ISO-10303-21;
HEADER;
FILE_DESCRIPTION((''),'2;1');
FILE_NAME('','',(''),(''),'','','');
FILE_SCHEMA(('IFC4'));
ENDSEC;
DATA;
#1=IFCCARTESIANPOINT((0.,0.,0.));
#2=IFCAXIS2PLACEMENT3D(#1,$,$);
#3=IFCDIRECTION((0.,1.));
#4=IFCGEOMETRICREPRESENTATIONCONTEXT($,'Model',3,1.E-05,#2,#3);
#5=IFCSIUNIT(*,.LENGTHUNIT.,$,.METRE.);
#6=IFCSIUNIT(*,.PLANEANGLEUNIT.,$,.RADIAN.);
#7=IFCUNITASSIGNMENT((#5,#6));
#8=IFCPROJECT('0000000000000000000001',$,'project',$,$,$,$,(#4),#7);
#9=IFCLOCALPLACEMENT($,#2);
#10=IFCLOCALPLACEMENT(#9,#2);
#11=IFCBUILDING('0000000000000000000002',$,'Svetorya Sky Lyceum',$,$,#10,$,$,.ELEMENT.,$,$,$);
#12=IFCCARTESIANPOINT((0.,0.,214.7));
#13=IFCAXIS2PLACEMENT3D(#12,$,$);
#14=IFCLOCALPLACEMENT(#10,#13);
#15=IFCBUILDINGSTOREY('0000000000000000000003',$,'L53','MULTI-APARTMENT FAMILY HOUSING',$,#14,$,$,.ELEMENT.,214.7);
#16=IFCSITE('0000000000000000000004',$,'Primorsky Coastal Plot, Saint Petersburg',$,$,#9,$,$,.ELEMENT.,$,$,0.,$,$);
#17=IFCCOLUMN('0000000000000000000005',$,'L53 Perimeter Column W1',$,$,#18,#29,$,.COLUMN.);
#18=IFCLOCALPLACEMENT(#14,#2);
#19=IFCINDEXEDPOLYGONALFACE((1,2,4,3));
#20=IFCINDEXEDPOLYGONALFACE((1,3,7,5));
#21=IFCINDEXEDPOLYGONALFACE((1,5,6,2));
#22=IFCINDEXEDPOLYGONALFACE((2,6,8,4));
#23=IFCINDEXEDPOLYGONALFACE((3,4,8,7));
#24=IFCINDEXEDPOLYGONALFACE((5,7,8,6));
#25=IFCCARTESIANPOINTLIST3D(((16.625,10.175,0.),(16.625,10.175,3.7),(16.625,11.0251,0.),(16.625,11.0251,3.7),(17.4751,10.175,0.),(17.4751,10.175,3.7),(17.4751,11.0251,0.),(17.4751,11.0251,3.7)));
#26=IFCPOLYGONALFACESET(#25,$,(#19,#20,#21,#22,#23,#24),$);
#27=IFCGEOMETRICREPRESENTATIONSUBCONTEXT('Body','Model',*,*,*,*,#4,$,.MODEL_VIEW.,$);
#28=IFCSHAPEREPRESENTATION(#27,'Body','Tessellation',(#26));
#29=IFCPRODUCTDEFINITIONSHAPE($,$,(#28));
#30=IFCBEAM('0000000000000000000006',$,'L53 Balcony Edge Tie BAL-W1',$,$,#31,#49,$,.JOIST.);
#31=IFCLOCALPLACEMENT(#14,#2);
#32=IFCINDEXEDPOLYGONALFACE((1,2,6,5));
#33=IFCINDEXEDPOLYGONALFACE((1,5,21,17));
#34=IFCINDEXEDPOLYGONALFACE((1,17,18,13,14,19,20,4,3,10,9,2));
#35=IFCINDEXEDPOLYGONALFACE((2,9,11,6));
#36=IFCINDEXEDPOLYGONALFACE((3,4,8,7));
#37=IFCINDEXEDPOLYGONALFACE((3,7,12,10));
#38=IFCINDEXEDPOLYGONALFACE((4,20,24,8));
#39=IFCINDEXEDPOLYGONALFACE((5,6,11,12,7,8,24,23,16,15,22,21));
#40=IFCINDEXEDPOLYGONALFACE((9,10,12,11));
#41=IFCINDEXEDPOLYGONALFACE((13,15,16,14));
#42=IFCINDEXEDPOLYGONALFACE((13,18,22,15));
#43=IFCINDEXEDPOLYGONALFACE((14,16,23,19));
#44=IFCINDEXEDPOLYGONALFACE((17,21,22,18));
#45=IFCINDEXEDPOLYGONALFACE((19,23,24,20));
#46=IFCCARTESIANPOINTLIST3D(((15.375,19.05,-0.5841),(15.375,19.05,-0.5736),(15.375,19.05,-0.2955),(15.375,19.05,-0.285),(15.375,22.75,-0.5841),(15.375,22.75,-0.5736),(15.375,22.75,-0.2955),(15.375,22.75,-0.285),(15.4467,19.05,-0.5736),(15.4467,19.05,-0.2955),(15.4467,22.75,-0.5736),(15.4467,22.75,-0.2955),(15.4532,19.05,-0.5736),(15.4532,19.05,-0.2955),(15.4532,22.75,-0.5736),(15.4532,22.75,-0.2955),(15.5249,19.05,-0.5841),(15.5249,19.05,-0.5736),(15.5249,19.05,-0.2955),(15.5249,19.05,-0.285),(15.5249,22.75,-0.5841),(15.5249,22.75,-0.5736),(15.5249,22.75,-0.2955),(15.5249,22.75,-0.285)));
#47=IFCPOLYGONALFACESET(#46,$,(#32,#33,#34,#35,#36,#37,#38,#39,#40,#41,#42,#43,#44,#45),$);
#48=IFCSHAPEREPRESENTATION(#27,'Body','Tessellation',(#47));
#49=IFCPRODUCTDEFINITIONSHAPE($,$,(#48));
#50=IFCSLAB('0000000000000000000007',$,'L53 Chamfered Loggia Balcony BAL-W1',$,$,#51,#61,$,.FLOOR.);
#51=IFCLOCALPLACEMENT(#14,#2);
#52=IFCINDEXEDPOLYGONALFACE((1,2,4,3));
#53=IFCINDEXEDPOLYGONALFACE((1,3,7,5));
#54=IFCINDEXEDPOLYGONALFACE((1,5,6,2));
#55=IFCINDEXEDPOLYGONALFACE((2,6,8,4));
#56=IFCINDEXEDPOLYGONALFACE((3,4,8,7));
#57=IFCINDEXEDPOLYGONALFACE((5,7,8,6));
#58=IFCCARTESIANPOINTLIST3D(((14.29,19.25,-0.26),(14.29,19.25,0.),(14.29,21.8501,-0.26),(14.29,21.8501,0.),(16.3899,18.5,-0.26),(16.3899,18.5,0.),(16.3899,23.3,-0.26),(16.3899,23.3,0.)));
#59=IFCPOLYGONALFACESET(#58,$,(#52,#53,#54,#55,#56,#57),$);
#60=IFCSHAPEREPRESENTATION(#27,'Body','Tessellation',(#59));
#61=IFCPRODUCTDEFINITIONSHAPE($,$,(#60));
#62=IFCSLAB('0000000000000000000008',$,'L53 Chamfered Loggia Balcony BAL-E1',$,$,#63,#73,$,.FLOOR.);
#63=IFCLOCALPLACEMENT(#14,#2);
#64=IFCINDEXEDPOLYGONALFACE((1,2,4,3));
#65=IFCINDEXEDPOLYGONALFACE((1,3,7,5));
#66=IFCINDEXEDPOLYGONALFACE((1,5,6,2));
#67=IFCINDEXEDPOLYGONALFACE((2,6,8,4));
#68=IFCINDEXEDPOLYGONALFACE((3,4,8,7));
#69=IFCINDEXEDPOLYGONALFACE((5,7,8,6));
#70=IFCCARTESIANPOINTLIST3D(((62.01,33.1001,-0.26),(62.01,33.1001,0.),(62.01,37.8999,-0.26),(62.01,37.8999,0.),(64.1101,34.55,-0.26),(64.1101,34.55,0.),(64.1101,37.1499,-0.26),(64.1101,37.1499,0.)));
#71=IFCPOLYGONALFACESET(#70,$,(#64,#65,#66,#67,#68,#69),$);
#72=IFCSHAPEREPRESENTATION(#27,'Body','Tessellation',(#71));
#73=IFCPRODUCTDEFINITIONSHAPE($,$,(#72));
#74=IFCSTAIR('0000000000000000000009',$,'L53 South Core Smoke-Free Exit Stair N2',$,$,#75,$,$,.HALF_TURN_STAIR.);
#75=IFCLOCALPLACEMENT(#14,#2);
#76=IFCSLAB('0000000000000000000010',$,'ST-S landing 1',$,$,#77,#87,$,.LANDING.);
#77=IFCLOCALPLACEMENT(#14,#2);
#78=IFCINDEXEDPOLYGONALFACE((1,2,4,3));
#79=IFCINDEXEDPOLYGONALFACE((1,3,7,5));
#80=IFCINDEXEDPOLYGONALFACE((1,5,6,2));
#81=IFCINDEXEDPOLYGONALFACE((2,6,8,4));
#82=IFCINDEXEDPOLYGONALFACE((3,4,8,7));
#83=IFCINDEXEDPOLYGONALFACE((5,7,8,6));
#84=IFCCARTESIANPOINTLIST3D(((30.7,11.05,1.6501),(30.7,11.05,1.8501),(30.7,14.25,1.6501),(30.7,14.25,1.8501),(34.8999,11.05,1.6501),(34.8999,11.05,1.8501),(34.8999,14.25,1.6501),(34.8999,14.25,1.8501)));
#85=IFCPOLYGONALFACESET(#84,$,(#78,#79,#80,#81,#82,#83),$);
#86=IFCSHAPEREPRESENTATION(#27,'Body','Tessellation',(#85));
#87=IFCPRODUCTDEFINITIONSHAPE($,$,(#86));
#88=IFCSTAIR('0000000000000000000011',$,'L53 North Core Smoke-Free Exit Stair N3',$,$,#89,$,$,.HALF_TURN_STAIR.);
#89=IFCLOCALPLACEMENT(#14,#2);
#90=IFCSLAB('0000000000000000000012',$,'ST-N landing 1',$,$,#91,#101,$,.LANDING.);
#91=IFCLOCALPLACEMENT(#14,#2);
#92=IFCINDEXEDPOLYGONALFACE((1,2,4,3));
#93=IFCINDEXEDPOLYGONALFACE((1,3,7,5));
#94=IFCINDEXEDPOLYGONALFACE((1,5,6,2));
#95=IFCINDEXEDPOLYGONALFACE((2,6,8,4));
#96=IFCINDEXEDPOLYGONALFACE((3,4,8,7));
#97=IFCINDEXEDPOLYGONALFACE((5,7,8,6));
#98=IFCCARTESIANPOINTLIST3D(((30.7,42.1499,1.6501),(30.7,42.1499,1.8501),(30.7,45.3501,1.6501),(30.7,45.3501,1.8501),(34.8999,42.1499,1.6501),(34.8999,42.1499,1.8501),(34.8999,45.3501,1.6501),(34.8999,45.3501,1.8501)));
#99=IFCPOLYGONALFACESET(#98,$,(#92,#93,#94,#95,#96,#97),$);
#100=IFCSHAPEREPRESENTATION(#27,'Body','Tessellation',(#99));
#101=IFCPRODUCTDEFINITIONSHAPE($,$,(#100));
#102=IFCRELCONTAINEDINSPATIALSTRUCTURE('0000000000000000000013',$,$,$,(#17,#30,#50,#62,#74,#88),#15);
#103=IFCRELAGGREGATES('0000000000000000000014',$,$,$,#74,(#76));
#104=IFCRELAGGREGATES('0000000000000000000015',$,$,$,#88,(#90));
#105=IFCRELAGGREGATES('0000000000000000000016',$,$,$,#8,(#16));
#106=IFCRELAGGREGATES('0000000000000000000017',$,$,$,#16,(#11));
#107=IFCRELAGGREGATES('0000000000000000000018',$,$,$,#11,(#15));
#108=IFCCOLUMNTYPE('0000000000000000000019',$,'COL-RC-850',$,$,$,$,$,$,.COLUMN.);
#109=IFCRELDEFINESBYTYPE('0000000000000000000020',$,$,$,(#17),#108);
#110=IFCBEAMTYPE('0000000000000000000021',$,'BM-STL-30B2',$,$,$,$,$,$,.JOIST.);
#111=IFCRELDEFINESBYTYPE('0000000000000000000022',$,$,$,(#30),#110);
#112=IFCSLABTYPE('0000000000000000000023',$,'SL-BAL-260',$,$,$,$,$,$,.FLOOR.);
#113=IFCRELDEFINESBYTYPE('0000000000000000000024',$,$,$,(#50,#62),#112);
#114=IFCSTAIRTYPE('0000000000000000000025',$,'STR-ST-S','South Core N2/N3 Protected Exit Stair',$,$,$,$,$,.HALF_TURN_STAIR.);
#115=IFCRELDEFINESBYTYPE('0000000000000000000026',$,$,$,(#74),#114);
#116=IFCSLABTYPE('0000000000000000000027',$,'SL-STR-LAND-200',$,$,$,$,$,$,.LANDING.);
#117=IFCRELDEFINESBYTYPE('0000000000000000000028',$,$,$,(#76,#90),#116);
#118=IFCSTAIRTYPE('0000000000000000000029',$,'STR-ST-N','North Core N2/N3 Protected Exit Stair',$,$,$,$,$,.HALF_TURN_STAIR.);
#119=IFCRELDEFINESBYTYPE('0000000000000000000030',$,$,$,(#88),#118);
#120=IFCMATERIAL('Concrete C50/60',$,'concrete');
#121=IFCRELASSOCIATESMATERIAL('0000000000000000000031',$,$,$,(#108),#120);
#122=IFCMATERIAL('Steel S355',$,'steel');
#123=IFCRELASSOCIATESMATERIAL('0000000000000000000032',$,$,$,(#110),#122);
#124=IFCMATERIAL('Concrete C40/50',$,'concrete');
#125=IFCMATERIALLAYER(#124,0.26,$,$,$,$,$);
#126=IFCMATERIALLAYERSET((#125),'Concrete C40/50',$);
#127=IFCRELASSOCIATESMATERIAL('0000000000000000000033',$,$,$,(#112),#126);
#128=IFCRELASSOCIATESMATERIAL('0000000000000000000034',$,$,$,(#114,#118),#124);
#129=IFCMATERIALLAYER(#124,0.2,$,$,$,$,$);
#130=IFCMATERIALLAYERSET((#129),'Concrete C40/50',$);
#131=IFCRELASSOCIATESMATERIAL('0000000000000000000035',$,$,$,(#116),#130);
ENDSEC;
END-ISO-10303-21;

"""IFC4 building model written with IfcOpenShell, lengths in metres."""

from ifc_helpers import new_model, si_unit, direction, frame, origin, origin_2d, place, context, subcontext, project, spatial, polyline, rectangle, i_section, outline, extrude, material, layer, layer_set, material_profile, profile_set, type_object, element, aggregate, save


model = new_model("IFC4")

# Units and contexts
model_context = context("Model", 3, precision=1e-05, world=origin(), true_north=direction((0.0, 1.0)))
body_context = subcontext(model_context, "Body", "Model", "MODEL_VIEW")
ifc_project = project(units=[si_unit("LENGTHUNIT", "METRE"), si_unit("PLANEANGLEUNIT", "RADIAN")], contexts=[model_context])

# Site, building, storey
site_placement = place(None, origin())
site = spatial("IfcSite", under=ifc_project, at=site_placement, Name="Primorsky Coastal Plot, Saint Petersburg", CompositionType="ELEMENT", RefElevation=0.0)
building_placement = place(site_placement, origin())
building = spatial("IfcBuilding", under=site, at=building_placement, Name="Svetorya Sky Lyceum", CompositionType="ELEMENT")
storey_placement = place(building_placement, frame((0.0, 0.0, 214.7)))
storey = spatial("IfcBuildingStorey", under=building, at=storey_placement, Name="L53", Description="MULTI-APARTMENT FAMILY HOUSING", CompositionType="ELEMENT", Elevation=214.7)

# Column
ifc_material_1 = material(Name="Concrete C50/60", Category="concrete")
ifc_material_profile_1 = material_profile(ifc_material_1, rectangle(XDim=0.8501, YDim=0.8501, at=origin_2d()), Name="RC COL 850x850")
ifc_profile_set_1 = profile_set([ifc_material_profile_1], Name="Concrete C50/60")
column_type = type_object("IfcColumnType", Name="COL-RC-850", PredefinedType="COLUMN", material=ifc_profile_set_1)
column_placement = place(storey_placement, frame((17.05, 10.6001, 0.0), z_axis=(0.0, 0.0, 1.0), x_axis=(1.0, 0.0, 0.0)))
element("IfcColumn", 1, at=column_placement, inside=storey, type_object=column_type, Name="L53 Perimeter Column W1", PredefinedType="COLUMN", context=body_context, shape_type="SweptSolid", body=[
    extrude(rectangle(XDim=0.8501, YDim=0.8501, at=origin_2d()), origin(), (0.0, 0.0, 1.0), 3.7),
])

# Beam
ifc_material_2 = material(Name="Steel S355", Category="steel")
ifc_material_profile_2 = material_profile(ifc_material_2, i_section(OverallWidth=0.1499, OverallDepth=0.2991, WebThickness=0.0066, FlangeThickness=0.0105, at=origin_2d()), Name="GOST 30B2")
ifc_profile_set_2 = profile_set([ifc_material_profile_2], Name="Steel S355")
beam_type = type_object("IfcBeamType", Name="BM-STL-30B2", PredefinedType="JOIST", material=ifc_profile_set_2)
beam_placement = place(storey_placement, frame((15.45, 19.05, -0.4346), z_axis=(0.0, 1.0, 0.0), x_axis=(-1.0, 0.0, 0.0)))
element("IfcBeam", 2, at=beam_placement, inside=storey, type_object=beam_type, Name="L53 Balcony Edge Tie BAL-W1", PredefinedType="JOIST", context=body_context, shape_type="SweptSolid", body=[
    extrude(i_section(OverallWidth=0.1499, OverallDepth=0.2991, WebThickness=0.0066, FlangeThickness=0.0105, at=origin_2d()), origin(), (0.0, 0.0, 1.0), 3.7),
])

# Slabs
ifc_material_3 = material(Name="Concrete C40/50", Category="concrete")
ifc_layer_1 = layer(ifc_material_3, 0.26)
ifc_layer_set_1 = layer_set([ifc_layer_1], Name="Concrete C40/50")
slab_type_1 = type_object("IfcSlabType", Name="SL-BAL-260", PredefinedType="FLOOR", material=ifc_layer_set_1)
slab_1_placement = place(storey_placement, frame((0.0, 0.0, -0.26)))
element("IfcSlab", 3, at=slab_1_placement, inside=storey, type_object=slab_type_1, Name="L53 Chamfered Loggia Balcony BAL-W1", PredefinedType="FLOOR", context=body_context, shape_type="SweptSolid", body=[
    extrude(outline(polyline([(16.3899, 18.5), (16.3899, 23.3), (14.29, 21.8501), (14.29, 19.25), (16.3899, 18.5)])), origin(), (0.0, 0.0, 1.0), 0.26),
])
slab_2_placement = place(storey_placement, frame((0.0, 0.0, -0.26)))
element("IfcSlab", 4, at=slab_2_placement, inside=storey, type_object=slab_type_1, Name="L53 Chamfered Loggia Balcony BAL-E1", PredefinedType="FLOOR", context=body_context, shape_type="SweptSolid", body=[
    extrude(outline(polyline([(62.01, 33.1001), (64.1101, 34.55), (64.1101, 37.1499), (62.01, 37.8999), (62.01, 33.1001)])), origin(), (0.0, 0.0, 1.0), 0.26),
])

# Stairs, slabs
stair_type_1 = type_object("IfcStairType", Name="STR-ST-S", Description="South Core N2/N3 Protected Exit Stair", PredefinedType="HALF_TURN_STAIR", material=ifc_material_3)
stair_1_placement = place(storey_placement, origin())
stair_1 = element("IfcStair", 5, at=stair_1_placement, inside=storey, type_object=stair_type_1, Name="L53 South Core Smoke-Free Exit Stair N2", PredefinedType="HALF_TURN_STAIR")
ifc_layer_2 = layer(ifc_material_3, 0.2)
ifc_layer_set_2 = layer_set([ifc_layer_2], Name="Concrete C40/50")
slab_type_2 = type_object("IfcSlabType", Name="SL-STR-LAND-200", PredefinedType="LANDING", material=ifc_layer_set_2)
slab_3_placement = place(storey_placement, frame((0.0, 0.0, 1.6501)))
slab_3 = element("IfcSlab", 6, at=slab_3_placement, type_object=slab_type_2, Name="ST-S landing 1", PredefinedType="LANDING", context=body_context, shape_type="SweptSolid", body=[
    extrude(outline(polyline([(30.7, 11.05), (34.8999, 11.05), (34.8999, 14.25), (30.7, 14.25), (30.7, 11.05)])), origin(), (0.0, 0.0, 1.0), 0.2),
])
aggregate(stair_1, [slab_3])
stair_type_2 = type_object("IfcStairType", Name="STR-ST-N", Description="North Core N2/N3 Protected Exit Stair", PredefinedType="HALF_TURN_STAIR", material=ifc_material_3)
stair_2_placement = place(storey_placement, origin())
stair_2 = element("IfcStair", 7, at=stair_2_placement, inside=storey, type_object=stair_type_2, Name="L53 North Core Smoke-Free Exit Stair N3", PredefinedType="HALF_TURN_STAIR")
slab_4_placement = place(storey_placement, frame((0.0, 0.0, 1.6501)))
slab_4 = element("IfcSlab", 8, at=slab_4_placement, type_object=slab_type_2, Name="ST-N landing 1", PredefinedType="LANDING", context=body_context, shape_type="SweptSolid", body=[
    extrude(outline(polyline([(30.7, 42.1499), (34.8999, 42.1499), (34.8999, 45.3501), (30.7, 45.3501), (30.7, 42.1499)])), origin(), (0.0, 0.0, 1.0), 0.2),
])
aggregate(stair_2, [slab_4])

save(model, "model.ifc")
